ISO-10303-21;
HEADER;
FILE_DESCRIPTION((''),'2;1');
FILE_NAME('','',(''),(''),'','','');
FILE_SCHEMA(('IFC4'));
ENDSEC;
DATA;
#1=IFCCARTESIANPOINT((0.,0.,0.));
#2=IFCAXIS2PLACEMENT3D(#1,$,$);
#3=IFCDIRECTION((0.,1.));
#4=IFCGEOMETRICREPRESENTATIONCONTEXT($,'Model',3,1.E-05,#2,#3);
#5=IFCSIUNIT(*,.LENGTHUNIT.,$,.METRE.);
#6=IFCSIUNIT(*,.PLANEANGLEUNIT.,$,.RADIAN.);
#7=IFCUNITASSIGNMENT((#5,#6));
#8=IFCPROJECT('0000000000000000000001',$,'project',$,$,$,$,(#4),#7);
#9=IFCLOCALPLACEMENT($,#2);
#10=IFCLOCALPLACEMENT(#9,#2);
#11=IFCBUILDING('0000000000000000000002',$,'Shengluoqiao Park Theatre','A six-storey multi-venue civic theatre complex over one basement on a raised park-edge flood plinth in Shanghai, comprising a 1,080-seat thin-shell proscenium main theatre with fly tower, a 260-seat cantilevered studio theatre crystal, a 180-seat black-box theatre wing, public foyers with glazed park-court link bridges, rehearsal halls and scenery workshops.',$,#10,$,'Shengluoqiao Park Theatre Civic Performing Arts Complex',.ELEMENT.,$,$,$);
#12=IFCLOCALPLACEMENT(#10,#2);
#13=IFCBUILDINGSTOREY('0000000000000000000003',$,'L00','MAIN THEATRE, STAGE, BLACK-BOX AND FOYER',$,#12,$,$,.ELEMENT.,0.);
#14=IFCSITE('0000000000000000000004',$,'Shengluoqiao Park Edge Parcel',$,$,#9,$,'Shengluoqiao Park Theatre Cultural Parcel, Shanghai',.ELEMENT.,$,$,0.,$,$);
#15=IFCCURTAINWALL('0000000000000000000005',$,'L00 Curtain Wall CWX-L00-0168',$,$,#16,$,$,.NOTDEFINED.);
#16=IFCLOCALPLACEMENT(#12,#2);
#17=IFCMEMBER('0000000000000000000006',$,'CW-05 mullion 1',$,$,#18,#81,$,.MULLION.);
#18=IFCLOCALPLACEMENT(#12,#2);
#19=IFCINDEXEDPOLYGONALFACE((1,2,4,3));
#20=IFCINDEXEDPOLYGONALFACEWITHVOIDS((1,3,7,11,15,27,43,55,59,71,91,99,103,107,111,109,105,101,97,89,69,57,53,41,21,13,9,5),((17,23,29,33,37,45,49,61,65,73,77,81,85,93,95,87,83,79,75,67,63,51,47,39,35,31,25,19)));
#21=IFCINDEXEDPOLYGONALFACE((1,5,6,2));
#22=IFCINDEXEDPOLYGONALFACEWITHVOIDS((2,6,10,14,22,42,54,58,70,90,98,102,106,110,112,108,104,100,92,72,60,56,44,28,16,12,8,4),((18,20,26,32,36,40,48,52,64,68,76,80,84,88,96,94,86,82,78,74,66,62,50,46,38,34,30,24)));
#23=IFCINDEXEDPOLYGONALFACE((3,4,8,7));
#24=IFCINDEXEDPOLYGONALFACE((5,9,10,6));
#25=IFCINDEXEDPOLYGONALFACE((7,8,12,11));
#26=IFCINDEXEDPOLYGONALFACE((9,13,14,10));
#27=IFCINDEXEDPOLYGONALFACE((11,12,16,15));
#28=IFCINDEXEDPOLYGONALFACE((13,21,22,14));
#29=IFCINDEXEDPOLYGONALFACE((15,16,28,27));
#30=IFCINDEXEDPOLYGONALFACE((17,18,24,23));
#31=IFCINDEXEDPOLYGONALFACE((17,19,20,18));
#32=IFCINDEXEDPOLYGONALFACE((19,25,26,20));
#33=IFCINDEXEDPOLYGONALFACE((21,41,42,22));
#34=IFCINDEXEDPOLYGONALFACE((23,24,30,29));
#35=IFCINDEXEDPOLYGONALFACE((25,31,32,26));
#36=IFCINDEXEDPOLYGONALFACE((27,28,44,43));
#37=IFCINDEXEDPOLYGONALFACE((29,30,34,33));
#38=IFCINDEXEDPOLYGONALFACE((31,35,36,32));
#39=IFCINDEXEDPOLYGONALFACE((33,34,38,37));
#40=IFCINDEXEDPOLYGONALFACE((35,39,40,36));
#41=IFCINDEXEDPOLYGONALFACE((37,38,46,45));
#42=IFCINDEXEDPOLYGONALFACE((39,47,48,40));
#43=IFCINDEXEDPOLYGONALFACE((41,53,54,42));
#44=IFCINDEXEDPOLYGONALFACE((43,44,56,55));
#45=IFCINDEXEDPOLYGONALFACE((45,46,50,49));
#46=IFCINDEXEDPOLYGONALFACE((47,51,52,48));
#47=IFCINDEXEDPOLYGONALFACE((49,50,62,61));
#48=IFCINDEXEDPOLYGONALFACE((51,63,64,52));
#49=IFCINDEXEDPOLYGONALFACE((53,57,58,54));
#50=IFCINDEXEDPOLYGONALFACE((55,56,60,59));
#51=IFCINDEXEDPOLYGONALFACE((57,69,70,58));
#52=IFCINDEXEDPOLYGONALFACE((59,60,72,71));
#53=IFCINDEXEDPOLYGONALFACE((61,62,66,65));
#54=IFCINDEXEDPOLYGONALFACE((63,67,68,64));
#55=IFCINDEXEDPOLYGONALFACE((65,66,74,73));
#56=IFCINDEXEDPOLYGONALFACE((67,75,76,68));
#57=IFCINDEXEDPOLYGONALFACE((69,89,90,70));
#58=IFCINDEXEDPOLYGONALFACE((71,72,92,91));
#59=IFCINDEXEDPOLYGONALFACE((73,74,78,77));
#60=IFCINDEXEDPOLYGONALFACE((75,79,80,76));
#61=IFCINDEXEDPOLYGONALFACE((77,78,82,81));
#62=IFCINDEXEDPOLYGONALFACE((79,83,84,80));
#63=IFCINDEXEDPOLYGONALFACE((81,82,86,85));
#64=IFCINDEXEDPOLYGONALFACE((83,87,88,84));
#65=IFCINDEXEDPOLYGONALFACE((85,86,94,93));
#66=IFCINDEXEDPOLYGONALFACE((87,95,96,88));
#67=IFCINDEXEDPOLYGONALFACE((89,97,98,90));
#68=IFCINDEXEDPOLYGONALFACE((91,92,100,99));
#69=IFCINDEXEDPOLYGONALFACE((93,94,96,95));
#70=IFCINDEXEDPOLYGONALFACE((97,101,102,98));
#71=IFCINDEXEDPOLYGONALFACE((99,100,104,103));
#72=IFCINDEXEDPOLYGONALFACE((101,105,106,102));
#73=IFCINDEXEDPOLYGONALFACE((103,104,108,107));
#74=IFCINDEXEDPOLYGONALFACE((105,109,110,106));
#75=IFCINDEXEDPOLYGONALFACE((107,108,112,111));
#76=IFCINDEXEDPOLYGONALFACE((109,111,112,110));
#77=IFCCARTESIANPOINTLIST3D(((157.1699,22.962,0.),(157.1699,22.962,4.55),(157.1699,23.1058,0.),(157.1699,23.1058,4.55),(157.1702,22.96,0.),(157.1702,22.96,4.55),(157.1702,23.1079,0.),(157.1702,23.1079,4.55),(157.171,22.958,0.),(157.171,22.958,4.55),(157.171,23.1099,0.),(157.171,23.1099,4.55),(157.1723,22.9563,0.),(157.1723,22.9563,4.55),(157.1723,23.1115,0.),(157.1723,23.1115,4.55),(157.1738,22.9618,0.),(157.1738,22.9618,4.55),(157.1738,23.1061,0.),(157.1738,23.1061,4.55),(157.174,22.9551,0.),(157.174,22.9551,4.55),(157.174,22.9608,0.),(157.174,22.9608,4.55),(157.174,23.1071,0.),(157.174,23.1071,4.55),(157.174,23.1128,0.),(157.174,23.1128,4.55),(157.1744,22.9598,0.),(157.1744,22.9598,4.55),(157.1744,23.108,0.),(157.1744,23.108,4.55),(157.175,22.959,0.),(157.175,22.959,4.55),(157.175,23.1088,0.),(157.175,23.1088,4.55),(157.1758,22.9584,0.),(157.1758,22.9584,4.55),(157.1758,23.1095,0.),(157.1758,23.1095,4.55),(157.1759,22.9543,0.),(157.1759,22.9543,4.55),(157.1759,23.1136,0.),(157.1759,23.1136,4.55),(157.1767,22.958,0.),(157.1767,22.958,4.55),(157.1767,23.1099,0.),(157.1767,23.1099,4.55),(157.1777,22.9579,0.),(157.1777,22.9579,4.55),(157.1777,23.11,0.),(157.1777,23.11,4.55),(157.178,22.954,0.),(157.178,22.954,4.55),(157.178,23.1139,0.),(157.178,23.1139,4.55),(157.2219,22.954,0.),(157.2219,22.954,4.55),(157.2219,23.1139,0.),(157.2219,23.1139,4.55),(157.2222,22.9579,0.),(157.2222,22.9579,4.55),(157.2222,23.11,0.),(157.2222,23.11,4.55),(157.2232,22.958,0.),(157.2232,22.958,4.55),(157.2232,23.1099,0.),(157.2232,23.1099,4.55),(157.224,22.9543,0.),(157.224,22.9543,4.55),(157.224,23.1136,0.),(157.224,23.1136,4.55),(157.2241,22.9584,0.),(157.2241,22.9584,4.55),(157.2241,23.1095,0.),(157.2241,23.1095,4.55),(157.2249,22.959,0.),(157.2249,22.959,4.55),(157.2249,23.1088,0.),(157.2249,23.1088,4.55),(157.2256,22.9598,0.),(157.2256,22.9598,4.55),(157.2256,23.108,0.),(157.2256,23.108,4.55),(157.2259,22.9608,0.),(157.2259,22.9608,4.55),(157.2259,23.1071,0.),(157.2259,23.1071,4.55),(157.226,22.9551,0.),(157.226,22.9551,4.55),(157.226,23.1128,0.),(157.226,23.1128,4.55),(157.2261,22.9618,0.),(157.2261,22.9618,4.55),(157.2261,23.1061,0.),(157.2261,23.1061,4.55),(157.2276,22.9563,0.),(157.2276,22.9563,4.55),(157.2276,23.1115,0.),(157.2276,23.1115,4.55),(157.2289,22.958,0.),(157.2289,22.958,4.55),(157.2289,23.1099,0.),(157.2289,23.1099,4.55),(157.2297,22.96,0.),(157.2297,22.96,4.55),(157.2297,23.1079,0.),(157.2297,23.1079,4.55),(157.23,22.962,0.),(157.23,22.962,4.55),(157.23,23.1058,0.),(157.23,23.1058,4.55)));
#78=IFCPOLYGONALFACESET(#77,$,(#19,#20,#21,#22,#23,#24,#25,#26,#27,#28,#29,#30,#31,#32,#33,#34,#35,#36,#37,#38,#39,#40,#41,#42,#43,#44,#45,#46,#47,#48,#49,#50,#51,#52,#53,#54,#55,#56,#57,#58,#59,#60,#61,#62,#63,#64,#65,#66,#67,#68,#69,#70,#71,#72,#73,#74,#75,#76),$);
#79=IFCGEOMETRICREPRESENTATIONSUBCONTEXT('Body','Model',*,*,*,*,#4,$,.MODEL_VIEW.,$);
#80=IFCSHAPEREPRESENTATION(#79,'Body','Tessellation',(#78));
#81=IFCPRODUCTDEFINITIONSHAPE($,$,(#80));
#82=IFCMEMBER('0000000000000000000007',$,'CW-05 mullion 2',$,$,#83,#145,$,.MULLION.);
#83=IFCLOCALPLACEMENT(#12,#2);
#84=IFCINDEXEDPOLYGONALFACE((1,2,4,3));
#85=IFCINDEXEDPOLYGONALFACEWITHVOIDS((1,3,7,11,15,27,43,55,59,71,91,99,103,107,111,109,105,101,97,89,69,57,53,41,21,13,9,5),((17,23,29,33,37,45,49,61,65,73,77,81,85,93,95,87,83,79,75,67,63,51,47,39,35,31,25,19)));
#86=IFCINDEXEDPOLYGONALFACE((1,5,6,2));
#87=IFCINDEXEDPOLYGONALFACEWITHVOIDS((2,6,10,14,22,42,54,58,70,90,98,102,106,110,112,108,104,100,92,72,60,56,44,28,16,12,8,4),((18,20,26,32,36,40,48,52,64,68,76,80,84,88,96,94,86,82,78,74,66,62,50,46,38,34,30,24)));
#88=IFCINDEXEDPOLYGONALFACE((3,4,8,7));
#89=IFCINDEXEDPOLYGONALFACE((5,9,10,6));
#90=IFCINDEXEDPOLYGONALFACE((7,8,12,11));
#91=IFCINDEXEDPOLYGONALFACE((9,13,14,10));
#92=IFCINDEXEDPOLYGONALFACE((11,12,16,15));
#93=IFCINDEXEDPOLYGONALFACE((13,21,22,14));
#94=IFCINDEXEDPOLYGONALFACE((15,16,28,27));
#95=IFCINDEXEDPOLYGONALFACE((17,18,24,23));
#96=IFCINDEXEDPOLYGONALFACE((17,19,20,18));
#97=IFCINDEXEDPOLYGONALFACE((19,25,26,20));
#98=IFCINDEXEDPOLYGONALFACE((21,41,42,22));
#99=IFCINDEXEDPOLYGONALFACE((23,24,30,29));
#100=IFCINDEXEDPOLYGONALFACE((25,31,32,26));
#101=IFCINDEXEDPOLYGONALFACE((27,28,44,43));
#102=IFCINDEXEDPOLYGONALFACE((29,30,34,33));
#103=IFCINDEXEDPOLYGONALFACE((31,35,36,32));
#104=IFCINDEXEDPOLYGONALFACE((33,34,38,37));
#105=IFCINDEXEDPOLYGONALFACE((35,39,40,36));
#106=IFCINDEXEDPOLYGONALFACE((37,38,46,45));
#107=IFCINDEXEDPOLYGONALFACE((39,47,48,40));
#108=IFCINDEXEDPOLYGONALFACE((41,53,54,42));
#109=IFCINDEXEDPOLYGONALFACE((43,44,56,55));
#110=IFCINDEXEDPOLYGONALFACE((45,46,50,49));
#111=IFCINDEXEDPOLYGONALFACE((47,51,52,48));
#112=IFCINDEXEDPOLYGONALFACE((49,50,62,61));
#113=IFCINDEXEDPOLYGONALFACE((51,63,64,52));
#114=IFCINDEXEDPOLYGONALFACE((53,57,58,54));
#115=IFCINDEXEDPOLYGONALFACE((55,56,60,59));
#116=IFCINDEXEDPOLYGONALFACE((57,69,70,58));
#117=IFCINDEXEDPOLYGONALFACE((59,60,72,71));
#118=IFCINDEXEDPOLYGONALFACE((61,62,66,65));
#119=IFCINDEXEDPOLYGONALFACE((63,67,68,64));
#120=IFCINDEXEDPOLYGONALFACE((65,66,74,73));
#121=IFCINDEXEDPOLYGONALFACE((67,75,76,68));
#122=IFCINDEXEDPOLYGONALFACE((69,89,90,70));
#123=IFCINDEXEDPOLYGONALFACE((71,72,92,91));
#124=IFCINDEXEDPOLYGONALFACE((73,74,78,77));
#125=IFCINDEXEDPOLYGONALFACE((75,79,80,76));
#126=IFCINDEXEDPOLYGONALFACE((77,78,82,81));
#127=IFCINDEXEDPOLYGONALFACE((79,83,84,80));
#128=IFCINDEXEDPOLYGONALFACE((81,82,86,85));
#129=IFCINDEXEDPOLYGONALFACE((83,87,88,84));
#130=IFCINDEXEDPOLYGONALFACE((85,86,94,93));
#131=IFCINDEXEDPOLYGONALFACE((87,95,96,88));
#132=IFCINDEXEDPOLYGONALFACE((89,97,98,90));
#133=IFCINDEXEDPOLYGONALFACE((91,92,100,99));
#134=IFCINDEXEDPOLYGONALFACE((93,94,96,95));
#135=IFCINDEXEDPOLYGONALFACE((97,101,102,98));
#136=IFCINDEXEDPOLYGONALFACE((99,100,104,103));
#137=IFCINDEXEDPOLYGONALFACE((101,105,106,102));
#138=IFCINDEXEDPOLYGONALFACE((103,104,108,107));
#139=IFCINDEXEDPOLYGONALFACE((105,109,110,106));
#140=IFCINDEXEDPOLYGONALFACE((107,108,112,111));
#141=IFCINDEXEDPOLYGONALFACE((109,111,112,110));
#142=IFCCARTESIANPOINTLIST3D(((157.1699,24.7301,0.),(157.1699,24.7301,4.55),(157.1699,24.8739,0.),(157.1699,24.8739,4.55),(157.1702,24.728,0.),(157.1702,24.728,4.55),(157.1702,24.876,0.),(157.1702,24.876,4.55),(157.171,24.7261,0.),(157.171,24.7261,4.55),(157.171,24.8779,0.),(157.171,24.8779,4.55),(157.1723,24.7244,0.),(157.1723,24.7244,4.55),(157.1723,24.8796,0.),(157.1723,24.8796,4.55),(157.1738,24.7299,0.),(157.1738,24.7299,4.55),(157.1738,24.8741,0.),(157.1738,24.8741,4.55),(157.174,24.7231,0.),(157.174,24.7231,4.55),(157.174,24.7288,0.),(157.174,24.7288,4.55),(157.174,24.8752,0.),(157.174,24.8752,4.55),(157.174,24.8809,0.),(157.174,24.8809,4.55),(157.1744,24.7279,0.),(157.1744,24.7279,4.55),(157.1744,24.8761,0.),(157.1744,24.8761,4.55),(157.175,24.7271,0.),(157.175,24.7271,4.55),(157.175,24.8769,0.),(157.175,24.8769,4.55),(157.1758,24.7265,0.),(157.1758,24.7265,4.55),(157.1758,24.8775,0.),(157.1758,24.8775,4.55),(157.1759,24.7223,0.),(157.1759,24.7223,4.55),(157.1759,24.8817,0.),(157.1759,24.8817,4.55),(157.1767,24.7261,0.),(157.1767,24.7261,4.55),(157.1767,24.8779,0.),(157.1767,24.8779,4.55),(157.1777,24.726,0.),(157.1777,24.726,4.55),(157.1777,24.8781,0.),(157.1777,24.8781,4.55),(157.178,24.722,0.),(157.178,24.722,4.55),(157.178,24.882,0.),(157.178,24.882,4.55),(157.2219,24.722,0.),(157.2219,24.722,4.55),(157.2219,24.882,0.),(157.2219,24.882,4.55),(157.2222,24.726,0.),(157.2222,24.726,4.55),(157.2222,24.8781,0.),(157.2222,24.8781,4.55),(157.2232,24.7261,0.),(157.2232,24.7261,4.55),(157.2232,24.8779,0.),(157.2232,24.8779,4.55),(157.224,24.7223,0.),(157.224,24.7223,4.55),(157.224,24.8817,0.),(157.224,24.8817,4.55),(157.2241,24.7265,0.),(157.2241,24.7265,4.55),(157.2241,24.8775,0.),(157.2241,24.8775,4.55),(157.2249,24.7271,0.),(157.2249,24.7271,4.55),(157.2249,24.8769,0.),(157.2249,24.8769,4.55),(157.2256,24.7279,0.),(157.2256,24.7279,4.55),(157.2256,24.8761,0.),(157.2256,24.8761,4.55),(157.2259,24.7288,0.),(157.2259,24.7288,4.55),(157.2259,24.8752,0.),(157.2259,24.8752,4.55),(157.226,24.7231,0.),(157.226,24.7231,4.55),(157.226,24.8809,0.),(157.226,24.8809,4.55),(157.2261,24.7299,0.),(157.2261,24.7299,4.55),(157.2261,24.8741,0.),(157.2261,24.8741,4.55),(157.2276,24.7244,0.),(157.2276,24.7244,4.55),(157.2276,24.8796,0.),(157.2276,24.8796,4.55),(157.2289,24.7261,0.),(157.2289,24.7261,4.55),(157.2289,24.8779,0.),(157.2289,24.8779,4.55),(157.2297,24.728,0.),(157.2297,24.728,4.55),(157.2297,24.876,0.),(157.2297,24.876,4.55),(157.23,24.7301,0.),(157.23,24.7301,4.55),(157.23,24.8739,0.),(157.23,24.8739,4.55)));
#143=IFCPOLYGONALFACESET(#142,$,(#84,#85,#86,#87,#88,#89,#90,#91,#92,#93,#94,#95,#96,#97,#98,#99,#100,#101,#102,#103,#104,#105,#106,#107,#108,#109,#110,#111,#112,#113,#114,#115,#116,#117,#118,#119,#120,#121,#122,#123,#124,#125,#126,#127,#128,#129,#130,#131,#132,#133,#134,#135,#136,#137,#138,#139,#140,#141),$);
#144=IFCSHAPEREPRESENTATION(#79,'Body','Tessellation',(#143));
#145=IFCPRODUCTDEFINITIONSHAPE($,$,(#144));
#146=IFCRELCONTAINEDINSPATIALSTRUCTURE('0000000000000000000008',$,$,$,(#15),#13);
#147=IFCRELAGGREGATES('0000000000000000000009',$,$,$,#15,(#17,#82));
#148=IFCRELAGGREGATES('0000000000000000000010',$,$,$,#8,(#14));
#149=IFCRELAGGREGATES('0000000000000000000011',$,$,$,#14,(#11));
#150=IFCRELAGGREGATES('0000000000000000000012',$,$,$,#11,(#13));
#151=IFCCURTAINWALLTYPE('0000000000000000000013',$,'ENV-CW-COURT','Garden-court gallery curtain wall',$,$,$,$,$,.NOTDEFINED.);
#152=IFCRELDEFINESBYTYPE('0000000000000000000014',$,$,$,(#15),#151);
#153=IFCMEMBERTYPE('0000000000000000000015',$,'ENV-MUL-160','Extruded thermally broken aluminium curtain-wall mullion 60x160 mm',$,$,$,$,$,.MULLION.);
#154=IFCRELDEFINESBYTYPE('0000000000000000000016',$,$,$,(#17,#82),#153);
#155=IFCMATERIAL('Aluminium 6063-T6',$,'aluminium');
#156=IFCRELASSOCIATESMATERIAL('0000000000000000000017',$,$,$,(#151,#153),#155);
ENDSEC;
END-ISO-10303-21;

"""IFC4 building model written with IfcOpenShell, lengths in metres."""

from ifc_helpers import new_model, si_unit, direction, frame, origin, origin_2d, place, context, subcontext, project, spatial, hollow_rectangle, extrude, material, material_profile, profile_set, type_object, element, aggregate, save


model = new_model("IFC4")

# Units and contexts
model_context = context("Model", 3, precision=1e-05, world=origin(), true_north=direction((0.0, 1.0)))
body_context = subcontext(model_context, "Body", "Model", "MODEL_VIEW")
ifc_project = project(units=[si_unit("LENGTHUNIT", "METRE"), si_unit("PLANEANGLEUNIT", "RADIAN")], contexts=[model_context])

# Site, building, storey
site_placement = place(None, origin())
site = spatial("IfcSite", under=ifc_project, at=site_placement, Name="Shengluoqiao Park Edge Parcel", LongName="Shengluoqiao Park Theatre Cultural Parcel, Shanghai", CompositionType="ELEMENT", RefElevation=0.0)
building_placement = place(site_placement, origin())
building = spatial("IfcBuilding", under=site, at=building_placement, Name="Shengluoqiao Park Theatre", Description="A six-storey multi-venue civic theatre complex over one basement on a raised park-edge flood plinth in Shanghai, comprising a 1,080-seat thin-shell proscenium main theatre with fly tower, a 260-seat cantilevered studio theatre crystal, a 180-seat black-box theatre wing, public foyers with glazed park-court link bridges, rehearsal halls and scenery workshops.", LongName="Shengluoqiao Park Theatre Civic Performing Arts Complex", CompositionType="ELEMENT")
storey_placement = place(building_placement, origin())
storey = spatial("IfcBuildingStorey", under=building, at=storey_placement, Name="L00", Description="MAIN THEATRE, STAGE, BLACK-BOX AND FOYER", CompositionType="ELEMENT", Elevation=0.0)

# Curtain wall, members
ifc_material_1 = material(Name="Aluminium 6063-T6", Category="aluminium")
curtain_wall_type = type_object("IfcCurtainWallType", Name="ENV-CW-COURT", Description="Garden-court gallery curtain wall", PredefinedType="NOTDEFINED", material=ifc_material_1)
curtain_wall_1_placement = place(storey_placement, origin())
curtain_wall_1 = element("IfcCurtainWall", 1, at=curtain_wall_1_placement, inside=storey, type_object=curtain_wall_type, Name="L00 Curtain Wall CWX-L00-0168", PredefinedType="NOTDEFINED")
ifc_material_profile_1 = material_profile(ifc_material_1, hollow_rectangle(XDim=0.0601, YDim=0.1599, WallThickness=0.0039, InnerFilletRadius=0.0039, OuterFilletRadius=0.0081, at=origin_2d()), Name="ALU MULLION 160x60x4")
ifc_profile_set_1 = profile_set([ifc_material_profile_1], Name="Aluminium 6063-T6")
member_type_1 = type_object("IfcMemberType", Name="ENV-MUL-160", Description="Extruded thermally broken aluminium curtain-wall mullion 60x160 mm", PredefinedType="MULLION", material=ifc_profile_set_1)
member_1_placement = place(storey_placement, frame((157.2, 23.0339, 0.0), z_axis=(0.0, 0.0, 1.0), x_axis=(-1.0, 0.0, 0.0)))
member_1 = element("IfcMember", 2, at=member_1_placement, type_object=member_type_1, Name="CW-05 mullion 1", PredefinedType="MULLION", context=body_context, shape_type="SweptSolid", body=[
    extrude(hollow_rectangle(XDim=0.0601, YDim=0.1599, WallThickness=0.0039, InnerFilletRadius=0.0039, OuterFilletRadius=0.0081, at=origin_2d()), origin(), (0.0, 0.0, 1.0), 4.55),
])
member_2_placement = place(storey_placement, frame((157.2, 24.802, 0.0), z_axis=(0.0, 0.0, 1.0), x_axis=(-1.0, 0.0, 0.0)))
member_2 = element("IfcMember", 3, at=member_2_placement, type_object=member_type_1, Name="CW-05 mullion 2", PredefinedType="MULLION", context=body_context, shape_type="SweptSolid", body=[
    extrude(hollow_rectangle(XDim=0.0601, YDim=0.1599, WallThickness=0.0039, InnerFilletRadius=0.0039, OuterFilletRadius=0.0081, at=origin_2d()), origin(), (0.0, 0.0, 1.0), 4.55),
])

aggregate(curtain_wall_1, [member_1, member_2])

save(model, "model.ifc")
